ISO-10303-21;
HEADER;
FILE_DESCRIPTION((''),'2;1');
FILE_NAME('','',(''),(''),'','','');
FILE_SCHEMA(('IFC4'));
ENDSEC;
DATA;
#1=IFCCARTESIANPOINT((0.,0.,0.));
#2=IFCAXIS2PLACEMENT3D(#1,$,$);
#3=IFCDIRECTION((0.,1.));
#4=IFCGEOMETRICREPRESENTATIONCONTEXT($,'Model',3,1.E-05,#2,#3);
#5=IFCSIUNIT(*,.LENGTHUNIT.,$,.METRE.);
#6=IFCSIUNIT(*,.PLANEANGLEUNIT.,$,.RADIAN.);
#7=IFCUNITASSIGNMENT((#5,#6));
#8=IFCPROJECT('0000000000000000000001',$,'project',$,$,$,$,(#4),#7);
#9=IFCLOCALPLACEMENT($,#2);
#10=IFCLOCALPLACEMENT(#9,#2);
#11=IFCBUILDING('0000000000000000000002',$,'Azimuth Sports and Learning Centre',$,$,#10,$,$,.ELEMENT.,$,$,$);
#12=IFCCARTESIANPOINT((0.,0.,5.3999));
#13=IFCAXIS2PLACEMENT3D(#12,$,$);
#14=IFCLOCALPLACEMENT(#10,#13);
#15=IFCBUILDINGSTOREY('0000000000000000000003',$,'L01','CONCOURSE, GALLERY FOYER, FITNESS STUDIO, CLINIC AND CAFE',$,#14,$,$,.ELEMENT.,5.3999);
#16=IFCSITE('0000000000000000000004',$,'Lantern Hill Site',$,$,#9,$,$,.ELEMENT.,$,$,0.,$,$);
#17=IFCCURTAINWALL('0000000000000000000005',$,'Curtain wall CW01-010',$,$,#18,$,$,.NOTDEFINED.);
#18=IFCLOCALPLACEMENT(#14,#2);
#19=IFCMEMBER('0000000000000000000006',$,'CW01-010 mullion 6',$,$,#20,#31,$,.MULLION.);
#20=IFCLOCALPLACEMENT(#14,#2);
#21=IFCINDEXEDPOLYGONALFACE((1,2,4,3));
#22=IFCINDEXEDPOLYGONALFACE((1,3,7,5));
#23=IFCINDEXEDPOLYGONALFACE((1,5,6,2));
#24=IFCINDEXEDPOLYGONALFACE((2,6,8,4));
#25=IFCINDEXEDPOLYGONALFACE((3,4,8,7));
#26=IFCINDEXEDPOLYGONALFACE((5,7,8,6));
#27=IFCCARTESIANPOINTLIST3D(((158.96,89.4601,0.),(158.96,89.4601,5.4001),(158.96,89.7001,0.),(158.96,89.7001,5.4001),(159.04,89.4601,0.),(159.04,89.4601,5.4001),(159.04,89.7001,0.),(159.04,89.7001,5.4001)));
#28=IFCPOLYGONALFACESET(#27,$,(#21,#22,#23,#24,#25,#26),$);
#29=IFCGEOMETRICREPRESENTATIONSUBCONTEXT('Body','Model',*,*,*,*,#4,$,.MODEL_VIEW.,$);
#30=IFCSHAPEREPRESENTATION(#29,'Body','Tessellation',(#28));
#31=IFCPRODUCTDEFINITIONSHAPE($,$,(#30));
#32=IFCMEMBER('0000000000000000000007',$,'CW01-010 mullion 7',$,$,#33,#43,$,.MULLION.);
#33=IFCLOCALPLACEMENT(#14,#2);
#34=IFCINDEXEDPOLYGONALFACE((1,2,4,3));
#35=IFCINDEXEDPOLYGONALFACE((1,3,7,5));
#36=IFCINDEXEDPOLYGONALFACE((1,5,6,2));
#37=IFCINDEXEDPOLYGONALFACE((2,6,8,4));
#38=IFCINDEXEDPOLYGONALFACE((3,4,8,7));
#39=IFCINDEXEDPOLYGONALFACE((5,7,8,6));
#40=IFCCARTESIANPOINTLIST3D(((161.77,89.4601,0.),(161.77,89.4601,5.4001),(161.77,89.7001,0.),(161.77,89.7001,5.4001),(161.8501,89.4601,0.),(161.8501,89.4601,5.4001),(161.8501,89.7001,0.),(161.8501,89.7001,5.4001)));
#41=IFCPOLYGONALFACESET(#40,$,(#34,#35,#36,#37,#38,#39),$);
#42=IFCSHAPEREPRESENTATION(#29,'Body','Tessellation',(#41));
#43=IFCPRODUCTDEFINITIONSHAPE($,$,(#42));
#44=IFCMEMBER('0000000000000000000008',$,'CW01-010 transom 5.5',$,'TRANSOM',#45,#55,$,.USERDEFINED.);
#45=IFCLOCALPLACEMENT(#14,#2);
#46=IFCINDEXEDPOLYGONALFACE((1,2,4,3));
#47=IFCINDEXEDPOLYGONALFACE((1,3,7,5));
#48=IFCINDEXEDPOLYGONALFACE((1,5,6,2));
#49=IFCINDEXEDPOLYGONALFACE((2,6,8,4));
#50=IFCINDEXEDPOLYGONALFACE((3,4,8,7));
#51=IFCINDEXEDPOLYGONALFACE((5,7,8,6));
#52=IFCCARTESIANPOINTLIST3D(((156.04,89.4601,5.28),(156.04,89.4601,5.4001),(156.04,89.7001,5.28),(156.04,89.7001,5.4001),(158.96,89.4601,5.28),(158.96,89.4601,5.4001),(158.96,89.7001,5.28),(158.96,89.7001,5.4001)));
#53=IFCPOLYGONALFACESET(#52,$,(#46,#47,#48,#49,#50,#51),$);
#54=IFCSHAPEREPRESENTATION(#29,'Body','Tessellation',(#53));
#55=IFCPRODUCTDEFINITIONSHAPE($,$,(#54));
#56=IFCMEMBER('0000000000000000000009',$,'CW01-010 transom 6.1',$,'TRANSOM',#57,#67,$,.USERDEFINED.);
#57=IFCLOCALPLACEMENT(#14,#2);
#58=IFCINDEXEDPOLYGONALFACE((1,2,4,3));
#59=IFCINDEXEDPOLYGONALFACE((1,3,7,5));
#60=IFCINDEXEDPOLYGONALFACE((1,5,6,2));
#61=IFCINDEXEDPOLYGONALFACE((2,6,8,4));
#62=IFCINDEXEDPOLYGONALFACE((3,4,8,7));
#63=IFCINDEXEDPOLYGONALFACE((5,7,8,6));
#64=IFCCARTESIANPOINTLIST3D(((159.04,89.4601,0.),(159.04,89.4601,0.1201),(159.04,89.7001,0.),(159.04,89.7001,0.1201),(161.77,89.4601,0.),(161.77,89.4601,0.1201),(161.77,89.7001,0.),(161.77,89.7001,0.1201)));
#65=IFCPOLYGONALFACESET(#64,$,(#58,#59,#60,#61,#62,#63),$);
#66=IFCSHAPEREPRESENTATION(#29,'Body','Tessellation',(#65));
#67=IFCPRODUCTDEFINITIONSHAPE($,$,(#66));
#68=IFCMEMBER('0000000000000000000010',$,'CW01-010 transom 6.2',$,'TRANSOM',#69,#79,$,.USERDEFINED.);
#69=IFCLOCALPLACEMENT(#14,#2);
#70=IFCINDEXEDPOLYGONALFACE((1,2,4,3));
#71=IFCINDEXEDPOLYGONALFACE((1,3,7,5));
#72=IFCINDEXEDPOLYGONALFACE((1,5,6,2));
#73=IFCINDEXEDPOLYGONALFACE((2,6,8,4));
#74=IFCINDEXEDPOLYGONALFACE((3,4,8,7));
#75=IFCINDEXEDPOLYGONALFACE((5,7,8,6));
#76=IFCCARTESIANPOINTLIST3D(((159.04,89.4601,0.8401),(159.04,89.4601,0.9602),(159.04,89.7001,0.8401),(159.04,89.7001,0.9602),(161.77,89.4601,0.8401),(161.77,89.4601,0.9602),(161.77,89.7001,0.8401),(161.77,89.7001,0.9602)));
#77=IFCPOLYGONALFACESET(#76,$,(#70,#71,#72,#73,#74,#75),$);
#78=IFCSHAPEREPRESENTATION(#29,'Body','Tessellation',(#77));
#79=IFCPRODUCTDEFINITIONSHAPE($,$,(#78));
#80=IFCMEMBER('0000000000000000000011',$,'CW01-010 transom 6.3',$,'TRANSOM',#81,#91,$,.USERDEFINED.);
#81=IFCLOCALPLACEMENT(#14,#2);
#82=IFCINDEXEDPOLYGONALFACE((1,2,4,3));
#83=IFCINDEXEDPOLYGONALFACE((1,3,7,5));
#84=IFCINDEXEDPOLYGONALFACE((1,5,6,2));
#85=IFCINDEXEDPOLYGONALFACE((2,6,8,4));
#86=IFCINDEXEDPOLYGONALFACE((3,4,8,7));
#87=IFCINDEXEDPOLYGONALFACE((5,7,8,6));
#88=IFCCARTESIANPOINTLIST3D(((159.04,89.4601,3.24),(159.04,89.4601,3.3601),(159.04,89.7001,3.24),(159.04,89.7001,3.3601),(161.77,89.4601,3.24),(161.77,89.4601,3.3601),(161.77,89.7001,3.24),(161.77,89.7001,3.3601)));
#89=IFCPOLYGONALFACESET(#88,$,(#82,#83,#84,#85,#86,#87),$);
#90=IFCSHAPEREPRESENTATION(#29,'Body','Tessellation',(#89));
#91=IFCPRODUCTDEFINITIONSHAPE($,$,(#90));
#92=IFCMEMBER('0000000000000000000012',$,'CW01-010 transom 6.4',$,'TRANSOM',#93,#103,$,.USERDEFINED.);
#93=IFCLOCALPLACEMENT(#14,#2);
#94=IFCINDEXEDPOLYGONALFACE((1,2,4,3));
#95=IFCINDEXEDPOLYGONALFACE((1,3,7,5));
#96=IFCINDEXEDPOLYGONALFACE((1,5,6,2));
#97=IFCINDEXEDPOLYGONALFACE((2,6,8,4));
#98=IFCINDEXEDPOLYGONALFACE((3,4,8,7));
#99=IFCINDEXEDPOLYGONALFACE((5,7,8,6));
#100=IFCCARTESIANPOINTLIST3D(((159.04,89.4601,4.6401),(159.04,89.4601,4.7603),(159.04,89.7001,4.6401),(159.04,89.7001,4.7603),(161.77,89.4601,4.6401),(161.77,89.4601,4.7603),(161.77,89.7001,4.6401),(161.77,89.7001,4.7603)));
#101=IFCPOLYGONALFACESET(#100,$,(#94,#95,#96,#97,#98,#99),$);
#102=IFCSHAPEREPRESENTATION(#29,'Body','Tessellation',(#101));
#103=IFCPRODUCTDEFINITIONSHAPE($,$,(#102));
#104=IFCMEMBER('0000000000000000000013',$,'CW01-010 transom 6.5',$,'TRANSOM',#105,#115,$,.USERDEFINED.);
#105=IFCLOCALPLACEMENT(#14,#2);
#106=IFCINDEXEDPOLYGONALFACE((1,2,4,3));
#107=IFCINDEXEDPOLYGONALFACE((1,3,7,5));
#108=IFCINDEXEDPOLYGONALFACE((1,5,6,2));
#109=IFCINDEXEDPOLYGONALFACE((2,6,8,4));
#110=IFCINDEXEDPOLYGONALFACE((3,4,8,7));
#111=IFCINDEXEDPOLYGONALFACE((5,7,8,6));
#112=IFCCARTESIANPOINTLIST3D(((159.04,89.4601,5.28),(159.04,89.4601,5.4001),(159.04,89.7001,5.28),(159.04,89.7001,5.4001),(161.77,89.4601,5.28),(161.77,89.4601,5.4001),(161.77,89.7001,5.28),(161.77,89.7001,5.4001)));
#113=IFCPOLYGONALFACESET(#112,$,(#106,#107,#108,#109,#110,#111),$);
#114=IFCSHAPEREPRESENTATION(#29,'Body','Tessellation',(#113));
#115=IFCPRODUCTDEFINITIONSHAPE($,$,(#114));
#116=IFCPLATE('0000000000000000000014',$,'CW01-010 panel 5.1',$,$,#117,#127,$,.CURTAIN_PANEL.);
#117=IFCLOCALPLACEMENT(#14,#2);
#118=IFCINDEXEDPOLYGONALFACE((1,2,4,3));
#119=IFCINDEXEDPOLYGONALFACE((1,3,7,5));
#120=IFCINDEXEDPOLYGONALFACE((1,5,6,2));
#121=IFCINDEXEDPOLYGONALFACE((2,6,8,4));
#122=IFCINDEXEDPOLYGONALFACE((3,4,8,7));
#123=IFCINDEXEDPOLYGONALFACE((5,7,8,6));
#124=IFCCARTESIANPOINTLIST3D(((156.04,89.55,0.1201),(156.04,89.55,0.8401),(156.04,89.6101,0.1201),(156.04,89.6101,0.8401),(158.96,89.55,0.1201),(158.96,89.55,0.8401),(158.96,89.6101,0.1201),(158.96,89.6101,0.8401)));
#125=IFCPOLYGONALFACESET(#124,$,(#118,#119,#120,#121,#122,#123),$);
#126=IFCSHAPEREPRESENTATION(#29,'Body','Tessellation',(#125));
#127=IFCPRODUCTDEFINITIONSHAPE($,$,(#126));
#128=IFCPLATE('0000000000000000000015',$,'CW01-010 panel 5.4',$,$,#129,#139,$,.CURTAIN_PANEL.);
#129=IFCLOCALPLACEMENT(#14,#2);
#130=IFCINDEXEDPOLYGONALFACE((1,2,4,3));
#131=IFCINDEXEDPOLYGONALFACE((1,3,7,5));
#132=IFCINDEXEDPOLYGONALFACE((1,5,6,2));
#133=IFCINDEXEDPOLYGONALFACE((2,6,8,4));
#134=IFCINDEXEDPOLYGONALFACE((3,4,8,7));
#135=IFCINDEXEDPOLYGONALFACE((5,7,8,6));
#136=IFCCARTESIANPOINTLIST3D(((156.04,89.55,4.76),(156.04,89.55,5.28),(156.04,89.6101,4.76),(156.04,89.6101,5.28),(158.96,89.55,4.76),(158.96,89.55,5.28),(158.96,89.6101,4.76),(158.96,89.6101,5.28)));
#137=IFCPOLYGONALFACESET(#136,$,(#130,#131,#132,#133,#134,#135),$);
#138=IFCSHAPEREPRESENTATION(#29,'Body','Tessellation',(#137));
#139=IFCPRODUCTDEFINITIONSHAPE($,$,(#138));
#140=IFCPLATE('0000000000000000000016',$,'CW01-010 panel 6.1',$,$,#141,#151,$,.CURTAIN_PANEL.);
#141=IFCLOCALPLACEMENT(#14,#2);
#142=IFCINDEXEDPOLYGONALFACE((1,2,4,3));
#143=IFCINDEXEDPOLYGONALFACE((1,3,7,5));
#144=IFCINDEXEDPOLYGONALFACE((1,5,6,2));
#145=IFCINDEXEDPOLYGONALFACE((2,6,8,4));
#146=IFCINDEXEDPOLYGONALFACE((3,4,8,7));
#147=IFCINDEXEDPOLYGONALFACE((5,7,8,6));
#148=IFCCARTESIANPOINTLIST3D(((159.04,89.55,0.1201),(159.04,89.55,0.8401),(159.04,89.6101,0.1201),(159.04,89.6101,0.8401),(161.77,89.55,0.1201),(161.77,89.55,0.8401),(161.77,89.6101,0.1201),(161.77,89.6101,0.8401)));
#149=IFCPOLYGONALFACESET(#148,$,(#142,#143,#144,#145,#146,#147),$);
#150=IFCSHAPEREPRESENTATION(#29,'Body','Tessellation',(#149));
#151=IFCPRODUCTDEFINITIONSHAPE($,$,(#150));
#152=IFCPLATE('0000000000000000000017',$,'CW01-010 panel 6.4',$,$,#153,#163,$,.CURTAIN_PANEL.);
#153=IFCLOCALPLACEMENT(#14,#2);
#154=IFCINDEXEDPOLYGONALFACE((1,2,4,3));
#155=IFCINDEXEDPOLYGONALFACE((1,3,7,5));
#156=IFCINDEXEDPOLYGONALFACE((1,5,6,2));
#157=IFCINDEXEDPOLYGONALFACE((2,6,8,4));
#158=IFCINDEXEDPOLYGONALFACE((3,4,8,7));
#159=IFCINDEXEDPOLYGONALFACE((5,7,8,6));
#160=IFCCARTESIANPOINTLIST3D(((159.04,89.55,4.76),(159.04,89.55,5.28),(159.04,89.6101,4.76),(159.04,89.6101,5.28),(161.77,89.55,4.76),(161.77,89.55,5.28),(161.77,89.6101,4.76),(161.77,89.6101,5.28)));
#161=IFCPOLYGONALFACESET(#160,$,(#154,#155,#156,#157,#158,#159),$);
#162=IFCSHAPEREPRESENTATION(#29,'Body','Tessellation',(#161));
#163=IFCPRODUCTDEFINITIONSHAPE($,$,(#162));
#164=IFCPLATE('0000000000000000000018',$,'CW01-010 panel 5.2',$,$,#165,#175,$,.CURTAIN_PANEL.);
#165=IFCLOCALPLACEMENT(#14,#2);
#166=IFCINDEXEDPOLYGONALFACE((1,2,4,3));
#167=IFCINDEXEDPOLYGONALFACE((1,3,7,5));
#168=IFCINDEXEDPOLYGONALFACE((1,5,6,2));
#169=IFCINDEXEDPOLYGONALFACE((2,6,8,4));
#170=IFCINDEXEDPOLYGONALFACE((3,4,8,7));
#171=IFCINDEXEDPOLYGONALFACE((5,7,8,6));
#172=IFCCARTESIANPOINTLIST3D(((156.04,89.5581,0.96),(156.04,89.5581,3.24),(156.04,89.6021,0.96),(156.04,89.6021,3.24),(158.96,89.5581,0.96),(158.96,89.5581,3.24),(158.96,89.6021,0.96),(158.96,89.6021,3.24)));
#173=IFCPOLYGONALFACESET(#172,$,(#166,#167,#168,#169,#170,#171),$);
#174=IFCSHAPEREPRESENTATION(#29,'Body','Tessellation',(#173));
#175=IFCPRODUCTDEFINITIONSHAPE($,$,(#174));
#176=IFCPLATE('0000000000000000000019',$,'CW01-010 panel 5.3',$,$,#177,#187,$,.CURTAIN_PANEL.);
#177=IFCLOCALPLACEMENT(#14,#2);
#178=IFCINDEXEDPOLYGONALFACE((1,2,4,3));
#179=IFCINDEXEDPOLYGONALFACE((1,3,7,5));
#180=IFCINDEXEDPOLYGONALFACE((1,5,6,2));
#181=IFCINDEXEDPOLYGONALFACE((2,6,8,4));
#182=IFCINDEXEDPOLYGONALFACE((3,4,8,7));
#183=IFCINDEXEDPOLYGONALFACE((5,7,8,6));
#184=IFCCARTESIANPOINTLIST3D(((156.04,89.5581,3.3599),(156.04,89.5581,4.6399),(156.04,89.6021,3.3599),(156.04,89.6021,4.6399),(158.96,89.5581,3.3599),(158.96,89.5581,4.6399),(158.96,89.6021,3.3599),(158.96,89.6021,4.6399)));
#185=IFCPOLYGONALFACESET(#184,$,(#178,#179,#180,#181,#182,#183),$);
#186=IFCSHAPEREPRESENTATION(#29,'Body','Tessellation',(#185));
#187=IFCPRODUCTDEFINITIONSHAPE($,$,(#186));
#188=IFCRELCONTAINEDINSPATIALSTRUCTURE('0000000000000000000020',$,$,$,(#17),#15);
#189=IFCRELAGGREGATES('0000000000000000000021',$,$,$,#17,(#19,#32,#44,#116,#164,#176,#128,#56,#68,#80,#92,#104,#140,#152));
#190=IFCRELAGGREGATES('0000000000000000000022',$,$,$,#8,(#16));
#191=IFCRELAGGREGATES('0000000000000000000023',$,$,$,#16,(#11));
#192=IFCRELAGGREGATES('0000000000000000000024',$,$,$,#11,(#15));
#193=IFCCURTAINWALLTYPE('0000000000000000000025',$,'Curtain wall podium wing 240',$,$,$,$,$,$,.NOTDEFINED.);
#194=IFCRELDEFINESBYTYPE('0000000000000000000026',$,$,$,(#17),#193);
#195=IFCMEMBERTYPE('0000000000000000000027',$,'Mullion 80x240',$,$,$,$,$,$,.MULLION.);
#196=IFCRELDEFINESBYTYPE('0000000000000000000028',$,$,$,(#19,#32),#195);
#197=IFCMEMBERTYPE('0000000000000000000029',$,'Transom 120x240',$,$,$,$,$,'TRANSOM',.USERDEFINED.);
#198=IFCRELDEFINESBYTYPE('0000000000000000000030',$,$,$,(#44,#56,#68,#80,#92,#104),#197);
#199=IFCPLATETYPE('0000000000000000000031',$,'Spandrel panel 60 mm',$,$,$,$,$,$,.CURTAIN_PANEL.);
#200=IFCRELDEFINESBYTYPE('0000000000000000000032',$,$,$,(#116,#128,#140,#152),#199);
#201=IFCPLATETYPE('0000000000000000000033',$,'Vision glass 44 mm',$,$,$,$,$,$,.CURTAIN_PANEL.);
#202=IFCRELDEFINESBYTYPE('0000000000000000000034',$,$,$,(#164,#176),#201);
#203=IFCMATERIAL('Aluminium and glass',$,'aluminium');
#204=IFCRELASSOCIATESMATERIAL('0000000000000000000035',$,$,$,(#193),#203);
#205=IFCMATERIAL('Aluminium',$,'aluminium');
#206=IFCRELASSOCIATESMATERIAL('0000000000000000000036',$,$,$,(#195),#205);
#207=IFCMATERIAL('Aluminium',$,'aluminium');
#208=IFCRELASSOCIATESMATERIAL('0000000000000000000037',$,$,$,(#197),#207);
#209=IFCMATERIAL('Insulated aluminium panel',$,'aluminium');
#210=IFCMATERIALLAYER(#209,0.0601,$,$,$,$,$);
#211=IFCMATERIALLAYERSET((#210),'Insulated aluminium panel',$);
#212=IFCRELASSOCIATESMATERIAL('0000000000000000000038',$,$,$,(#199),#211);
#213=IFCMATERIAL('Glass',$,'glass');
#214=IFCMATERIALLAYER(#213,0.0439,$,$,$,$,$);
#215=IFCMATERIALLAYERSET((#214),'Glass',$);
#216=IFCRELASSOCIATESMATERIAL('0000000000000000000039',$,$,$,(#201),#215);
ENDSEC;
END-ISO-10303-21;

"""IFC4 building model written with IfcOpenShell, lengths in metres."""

from ifc_helpers import new_model, si_unit, direction, frame, origin, origin_2d, place, context, subcontext, project, spatial, rectangle, extrude, material, layer, layer_set, material_profile, profile_set, type_object, element, aggregate, save


model = new_model("IFC4")

# Units and contexts
model_context = context("Model", 3, precision=1e-05, world=origin(), true_north=direction((0.0, 1.0)))
body_context = subcontext(model_context, "Body", "Model", "MODEL_VIEW")
ifc_project = project(units=[si_unit("LENGTHUNIT", "METRE"), si_unit("PLANEANGLEUNIT", "RADIAN")], contexts=[model_context])

# Site, building, storey
site_placement = place(None, origin())
site = spatial("IfcSite", under=ifc_project, at=site_placement, Name="Lantern Hill Site", CompositionType="ELEMENT", RefElevation=0.0)
building_placement = place(site_placement, origin())
building = spatial("IfcBuilding", under=site, at=building_placement, Name="Azimuth Sports and Learning Centre", CompositionType="ELEMENT")
storey_placement = place(building_placement, frame((0.0, 0.0, 5.3999)))
storey = spatial("IfcBuildingStorey", under=building, at=storey_placement, Name="L01", Description="CONCOURSE, GALLERY FOYER, FITNESS STUDIO, CLINIC AND CAFE", CompositionType="ELEMENT", Elevation=5.3999)

# Curtain wall, members, plates
ifc_material_1 = material(Name="Aluminium and glass", Category="aluminium")
curtain_wall_type = type_object("IfcCurtainWallType", Name="Curtain wall podium wing 240", PredefinedType="NOTDEFINED", material=ifc_material_1)
curtain_wall_placement = place(storey_placement, origin())
curtain_wall = element("IfcCurtainWall", 1, at=curtain_wall_placement, inside=storey, type_object=curtain_wall_type, Name="Curtain wall CW01-010", PredefinedType="NOTDEFINED")
ifc_material_2 = material(Name="Aluminium", Category="aluminium")
ifc_material_profile_1 = material_profile(ifc_material_2, rectangle(XDim=0.24, YDim=0.0801, at=origin_2d()), Name="Mullion 80x240")
ifc_profile_set_1 = profile_set([ifc_material_profile_1], Name="Aluminium")
member_type_1 = type_object("IfcMemberType", Name="Mullion 80x240", PredefinedType="MULLION", material=ifc_profile_set_1)
member_1_placement = place(storey_placement, frame((159.0, 89.5801, 0.0), z_axis=(0.0, 0.0, 1.0), x_axis=(0.0, 1.0, 0.0)))
member_1 = element("IfcMember", 2, at=member_1_placement, type_object=member_type_1, Name="CW01-010 mullion 6", PredefinedType="MULLION", context=body_context, shape_type="SweptSolid", body=[
    extrude(rectangle(XDim=0.24, YDim=0.0801, at=origin_2d()), origin(), (0.0, 0.0, 1.0), 5.4001),
])
member_2_placement = place(storey_placement, frame((161.8101, 89.5801, 0.0), z_axis=(0.0, 0.0, 1.0), x_axis=(0.0, 1.0, 0.0)))
member_2 = element("IfcMember", 3, at=member_2_placement, type_object=member_type_1, Name="CW01-010 mullion 7", PredefinedType="MULLION", context=body_context, shape_type="SweptSolid", body=[
    extrude(rectangle(XDim=0.24, YDim=0.0801, at=origin_2d()), origin(), (0.0, 0.0, 1.0), 5.4001),
])
ifc_material_3 = material(Name="Aluminium", Category="aluminium")
ifc_material_profile_2 = material_profile(ifc_material_3, rectangle(XDim=0.24, YDim=0.1201, at=origin_2d()), Name="Transom 120x240")
ifc_profile_set_2 = profile_set([ifc_material_profile_2], Name="Aluminium")
member_type_2 = type_object("IfcMemberType", Name="Transom 120x240", ElementType="TRANSOM", PredefinedType="USERDEFINED", material=ifc_profile_set_2)
member_3_placement = place(storey_placement, frame((156.04, 89.5801, 5.3401), z_axis=(1.0, 0.0, 0.0), x_axis=(0.0, 1.0, 0.0)))
member_3 = element("IfcMember", 4, at=member_3_placement, type_object=member_type_2, Name="CW01-010 transom 5.5", ObjectType="TRANSOM", PredefinedType="USERDEFINED", context=body_context, shape_type="SweptSolid", body=[
    extrude(rectangle(XDim=0.24, YDim=0.1201, at=origin_2d()), origin(), (0.0, 0.0, 1.0), 2.9199),
])
member_4_placement = place(storey_placement, frame((159.04, 89.5801, 0.0601), z_axis=(1.0, 0.0, 0.0), x_axis=(0.0, 1.0, 0.0)))
member_4 = element("IfcMember", 5, at=member_4_placement, type_object=member_type_2, Name="CW01-010 transom 6.1", ObjectType="TRANSOM", PredefinedType="USERDEFINED", context=body_context, shape_type="SweptSolid", body=[
    extrude(rectangle(XDim=0.24, YDim=0.1201, at=origin_2d()), origin(), (0.0, 0.0, 1.0), 2.73),
])
member_5_placement = place(storey_placement, frame((159.04, 89.5801, 0.9001), z_axis=(1.0, 0.0, 0.0), x_axis=(0.0, 1.0, 0.0)))
member_5 = element("IfcMember", 6, at=member_5_placement, type_object=member_type_2, Name="CW01-010 transom 6.2", ObjectType="TRANSOM", PredefinedType="USERDEFINED", context=body_context, shape_type="SweptSolid", body=[
    extrude(rectangle(XDim=0.24, YDim=0.1201, at=origin_2d()), origin(), (0.0, 0.0, 1.0), 2.73),
])
member_6_placement = place(storey_placement, frame((159.04, 89.5801, 3.3), z_axis=(1.0, 0.0, 0.0), x_axis=(0.0, 1.0, 0.0)))
member_6 = element("IfcMember", 7, at=member_6_placement, type_object=member_type_2, Name="CW01-010 transom 6.3", ObjectType="TRANSOM", PredefinedType="USERDEFINED", context=body_context, shape_type="SweptSolid", body=[
    extrude(rectangle(XDim=0.24, YDim=0.1201, at=origin_2d()), origin(), (0.0, 0.0, 1.0), 2.73),
])
member_7_placement = place(storey_placement, frame((159.04, 89.5801, 4.7002), z_axis=(1.0, 0.0, 0.0), x_axis=(0.0, 1.0, 0.0)))
member_7 = element("IfcMember", 8, at=member_7_placement, type_object=member_type_2, Name="CW01-010 transom 6.4", ObjectType="TRANSOM", PredefinedType="USERDEFINED", context=body_context, shape_type="SweptSolid", body=[
    extrude(rectangle(XDim=0.24, YDim=0.1201, at=origin_2d()), origin(), (0.0, 0.0, 1.0), 2.73),
])
member_8_placement = place(storey_placement, frame((159.04, 89.5801, 5.3401), z_axis=(1.0, 0.0, 0.0), x_axis=(0.0, 1.0, 0.0)))
member_8 = element("IfcMember", 9, at=member_8_placement, type_object=member_type_2, Name="CW01-010 transom 6.5", ObjectType="TRANSOM", PredefinedType="USERDEFINED", context=body_context, shape_type="SweptSolid", body=[
    extrude(rectangle(XDim=0.24, YDim=0.1201, at=origin_2d()), origin(), (0.0, 0.0, 1.0), 2.73),
])
ifc_material_4 = material(Name="Insulated aluminium panel", Category="aluminium")
ifc_layer_1 = layer(ifc_material_4, 0.0601)
ifc_layer_set_1 = layer_set([ifc_layer_1], Name="Insulated aluminium panel")
plate_type_1 = type_object("IfcPlateType", Name="Spandrel panel 60 mm", PredefinedType="CURTAIN_PANEL", material=ifc_layer_set_1)
plate_1_placement = place(storey_placement, frame((157.5, 89.5801, 0.1201), z_axis=(0.0, 0.0, 1.0), x_axis=(1.0, 0.0, 0.0)))
plate_1 = element("IfcPlate", 10, at=plate_1_placement, type_object=plate_type_1, Name="CW01-010 panel 5.1", PredefinedType="CURTAIN_PANEL", context=body_context, shape_type="SweptSolid", body=[
    extrude(rectangle(XDim=2.9199, YDim=0.0601, at=origin_2d()), origin(), (0.0, 0.0, 1.0), 0.72),
])
plate_2_placement = place(storey_placement, frame((157.5, 89.5801, 4.76), z_axis=(0.0, 0.0, 1.0), x_axis=(1.0, 0.0, 0.0)))
plate_2 = element("IfcPlate", 11, at=plate_2_placement, type_object=plate_type_1, Name="CW01-010 panel 5.4", PredefinedType="CURTAIN_PANEL", context=body_context, shape_type="SweptSolid", body=[
    extrude(rectangle(XDim=2.9199, YDim=0.0601, at=origin_2d()), origin(), (0.0, 0.0, 1.0), 0.52),
])
plate_3_placement = place(storey_placement, frame((160.405, 89.5801, 0.1201), z_axis=(0.0, 0.0, 1.0), x_axis=(1.0, 0.0, 0.0)))
plate_3 = element("IfcPlate", 12, at=plate_3_placement, type_object=plate_type_1, Name="CW01-010 panel 6.1", PredefinedType="CURTAIN_PANEL", context=body_context, shape_type="SweptSolid", body=[
    extrude(rectangle(XDim=2.73, YDim=0.0601, at=origin_2d()), origin(), (0.0, 0.0, 1.0), 0.72),
])
plate_4_placement = place(storey_placement, frame((160.405, 89.5801, 4.76), z_axis=(0.0, 0.0, 1.0), x_axis=(1.0, 0.0, 0.0)))
plate_4 = element("IfcPlate", 13, at=plate_4_placement, type_object=plate_type_1, Name="CW01-010 panel 6.4", PredefinedType="CURTAIN_PANEL", context=body_context, shape_type="SweptSolid", body=[
    extrude(rectangle(XDim=2.73, YDim=0.0601, at=origin_2d()), origin(), (0.0, 0.0, 1.0), 0.52),
])
ifc_material_5 = material(Name="Glass", Category="glass")
ifc_layer_2 = layer(ifc_material_5, 0.0439)
ifc_layer_set_2 = layer_set([ifc_layer_2], Name="Glass")
plate_type_2 = type_object("IfcPlateType", Name="Vision glass 44 mm", PredefinedType="CURTAIN_PANEL", material=ifc_layer_set_2)
plate_5_placement = place(storey_placement, frame((157.5, 89.5801, 0.96), z_axis=(0.0, 0.0, 1.0), x_axis=(1.0, 0.0, 0.0)))
plate_5 = element("IfcPlate", 14, at=plate_5_placement, type_object=plate_type_2, Name="CW01-010 panel 5.2", PredefinedType="CURTAIN_PANEL", context=body_context, shape_type="SweptSolid", body=[
    extrude(rectangle(XDim=2.9199, YDim=0.0439, at=origin_2d()), origin(), (0.0, 0.0, 1.0), 2.28),
])
plate_6_placement = place(storey_placement, frame((157.5, 89.5801, 3.3599), z_axis=(0.0, 0.0, 1.0), x_axis=(1.0, 0.0, 0.0)))
plate_6 = element("IfcPlate", 15, at=plate_6_placement, type_object=plate_type_2, Name="CW01-010 panel 5.3", PredefinedType="CURTAIN_PANEL", context=body_context, shape_type="SweptSolid", body=[
    extrude(rectangle(XDim=2.9199, YDim=0.0439, at=origin_2d()), origin(), (0.0, 0.0, 1.0), 1.28),
])
aggregate(curtain_wall, [member_1, member_2, member_3, plate_1, plate_5, plate_6, plate_2, member_4, member_5, member_6, member_7, member_8, plate_3, plate_4])

save(model, "model.ifc")
